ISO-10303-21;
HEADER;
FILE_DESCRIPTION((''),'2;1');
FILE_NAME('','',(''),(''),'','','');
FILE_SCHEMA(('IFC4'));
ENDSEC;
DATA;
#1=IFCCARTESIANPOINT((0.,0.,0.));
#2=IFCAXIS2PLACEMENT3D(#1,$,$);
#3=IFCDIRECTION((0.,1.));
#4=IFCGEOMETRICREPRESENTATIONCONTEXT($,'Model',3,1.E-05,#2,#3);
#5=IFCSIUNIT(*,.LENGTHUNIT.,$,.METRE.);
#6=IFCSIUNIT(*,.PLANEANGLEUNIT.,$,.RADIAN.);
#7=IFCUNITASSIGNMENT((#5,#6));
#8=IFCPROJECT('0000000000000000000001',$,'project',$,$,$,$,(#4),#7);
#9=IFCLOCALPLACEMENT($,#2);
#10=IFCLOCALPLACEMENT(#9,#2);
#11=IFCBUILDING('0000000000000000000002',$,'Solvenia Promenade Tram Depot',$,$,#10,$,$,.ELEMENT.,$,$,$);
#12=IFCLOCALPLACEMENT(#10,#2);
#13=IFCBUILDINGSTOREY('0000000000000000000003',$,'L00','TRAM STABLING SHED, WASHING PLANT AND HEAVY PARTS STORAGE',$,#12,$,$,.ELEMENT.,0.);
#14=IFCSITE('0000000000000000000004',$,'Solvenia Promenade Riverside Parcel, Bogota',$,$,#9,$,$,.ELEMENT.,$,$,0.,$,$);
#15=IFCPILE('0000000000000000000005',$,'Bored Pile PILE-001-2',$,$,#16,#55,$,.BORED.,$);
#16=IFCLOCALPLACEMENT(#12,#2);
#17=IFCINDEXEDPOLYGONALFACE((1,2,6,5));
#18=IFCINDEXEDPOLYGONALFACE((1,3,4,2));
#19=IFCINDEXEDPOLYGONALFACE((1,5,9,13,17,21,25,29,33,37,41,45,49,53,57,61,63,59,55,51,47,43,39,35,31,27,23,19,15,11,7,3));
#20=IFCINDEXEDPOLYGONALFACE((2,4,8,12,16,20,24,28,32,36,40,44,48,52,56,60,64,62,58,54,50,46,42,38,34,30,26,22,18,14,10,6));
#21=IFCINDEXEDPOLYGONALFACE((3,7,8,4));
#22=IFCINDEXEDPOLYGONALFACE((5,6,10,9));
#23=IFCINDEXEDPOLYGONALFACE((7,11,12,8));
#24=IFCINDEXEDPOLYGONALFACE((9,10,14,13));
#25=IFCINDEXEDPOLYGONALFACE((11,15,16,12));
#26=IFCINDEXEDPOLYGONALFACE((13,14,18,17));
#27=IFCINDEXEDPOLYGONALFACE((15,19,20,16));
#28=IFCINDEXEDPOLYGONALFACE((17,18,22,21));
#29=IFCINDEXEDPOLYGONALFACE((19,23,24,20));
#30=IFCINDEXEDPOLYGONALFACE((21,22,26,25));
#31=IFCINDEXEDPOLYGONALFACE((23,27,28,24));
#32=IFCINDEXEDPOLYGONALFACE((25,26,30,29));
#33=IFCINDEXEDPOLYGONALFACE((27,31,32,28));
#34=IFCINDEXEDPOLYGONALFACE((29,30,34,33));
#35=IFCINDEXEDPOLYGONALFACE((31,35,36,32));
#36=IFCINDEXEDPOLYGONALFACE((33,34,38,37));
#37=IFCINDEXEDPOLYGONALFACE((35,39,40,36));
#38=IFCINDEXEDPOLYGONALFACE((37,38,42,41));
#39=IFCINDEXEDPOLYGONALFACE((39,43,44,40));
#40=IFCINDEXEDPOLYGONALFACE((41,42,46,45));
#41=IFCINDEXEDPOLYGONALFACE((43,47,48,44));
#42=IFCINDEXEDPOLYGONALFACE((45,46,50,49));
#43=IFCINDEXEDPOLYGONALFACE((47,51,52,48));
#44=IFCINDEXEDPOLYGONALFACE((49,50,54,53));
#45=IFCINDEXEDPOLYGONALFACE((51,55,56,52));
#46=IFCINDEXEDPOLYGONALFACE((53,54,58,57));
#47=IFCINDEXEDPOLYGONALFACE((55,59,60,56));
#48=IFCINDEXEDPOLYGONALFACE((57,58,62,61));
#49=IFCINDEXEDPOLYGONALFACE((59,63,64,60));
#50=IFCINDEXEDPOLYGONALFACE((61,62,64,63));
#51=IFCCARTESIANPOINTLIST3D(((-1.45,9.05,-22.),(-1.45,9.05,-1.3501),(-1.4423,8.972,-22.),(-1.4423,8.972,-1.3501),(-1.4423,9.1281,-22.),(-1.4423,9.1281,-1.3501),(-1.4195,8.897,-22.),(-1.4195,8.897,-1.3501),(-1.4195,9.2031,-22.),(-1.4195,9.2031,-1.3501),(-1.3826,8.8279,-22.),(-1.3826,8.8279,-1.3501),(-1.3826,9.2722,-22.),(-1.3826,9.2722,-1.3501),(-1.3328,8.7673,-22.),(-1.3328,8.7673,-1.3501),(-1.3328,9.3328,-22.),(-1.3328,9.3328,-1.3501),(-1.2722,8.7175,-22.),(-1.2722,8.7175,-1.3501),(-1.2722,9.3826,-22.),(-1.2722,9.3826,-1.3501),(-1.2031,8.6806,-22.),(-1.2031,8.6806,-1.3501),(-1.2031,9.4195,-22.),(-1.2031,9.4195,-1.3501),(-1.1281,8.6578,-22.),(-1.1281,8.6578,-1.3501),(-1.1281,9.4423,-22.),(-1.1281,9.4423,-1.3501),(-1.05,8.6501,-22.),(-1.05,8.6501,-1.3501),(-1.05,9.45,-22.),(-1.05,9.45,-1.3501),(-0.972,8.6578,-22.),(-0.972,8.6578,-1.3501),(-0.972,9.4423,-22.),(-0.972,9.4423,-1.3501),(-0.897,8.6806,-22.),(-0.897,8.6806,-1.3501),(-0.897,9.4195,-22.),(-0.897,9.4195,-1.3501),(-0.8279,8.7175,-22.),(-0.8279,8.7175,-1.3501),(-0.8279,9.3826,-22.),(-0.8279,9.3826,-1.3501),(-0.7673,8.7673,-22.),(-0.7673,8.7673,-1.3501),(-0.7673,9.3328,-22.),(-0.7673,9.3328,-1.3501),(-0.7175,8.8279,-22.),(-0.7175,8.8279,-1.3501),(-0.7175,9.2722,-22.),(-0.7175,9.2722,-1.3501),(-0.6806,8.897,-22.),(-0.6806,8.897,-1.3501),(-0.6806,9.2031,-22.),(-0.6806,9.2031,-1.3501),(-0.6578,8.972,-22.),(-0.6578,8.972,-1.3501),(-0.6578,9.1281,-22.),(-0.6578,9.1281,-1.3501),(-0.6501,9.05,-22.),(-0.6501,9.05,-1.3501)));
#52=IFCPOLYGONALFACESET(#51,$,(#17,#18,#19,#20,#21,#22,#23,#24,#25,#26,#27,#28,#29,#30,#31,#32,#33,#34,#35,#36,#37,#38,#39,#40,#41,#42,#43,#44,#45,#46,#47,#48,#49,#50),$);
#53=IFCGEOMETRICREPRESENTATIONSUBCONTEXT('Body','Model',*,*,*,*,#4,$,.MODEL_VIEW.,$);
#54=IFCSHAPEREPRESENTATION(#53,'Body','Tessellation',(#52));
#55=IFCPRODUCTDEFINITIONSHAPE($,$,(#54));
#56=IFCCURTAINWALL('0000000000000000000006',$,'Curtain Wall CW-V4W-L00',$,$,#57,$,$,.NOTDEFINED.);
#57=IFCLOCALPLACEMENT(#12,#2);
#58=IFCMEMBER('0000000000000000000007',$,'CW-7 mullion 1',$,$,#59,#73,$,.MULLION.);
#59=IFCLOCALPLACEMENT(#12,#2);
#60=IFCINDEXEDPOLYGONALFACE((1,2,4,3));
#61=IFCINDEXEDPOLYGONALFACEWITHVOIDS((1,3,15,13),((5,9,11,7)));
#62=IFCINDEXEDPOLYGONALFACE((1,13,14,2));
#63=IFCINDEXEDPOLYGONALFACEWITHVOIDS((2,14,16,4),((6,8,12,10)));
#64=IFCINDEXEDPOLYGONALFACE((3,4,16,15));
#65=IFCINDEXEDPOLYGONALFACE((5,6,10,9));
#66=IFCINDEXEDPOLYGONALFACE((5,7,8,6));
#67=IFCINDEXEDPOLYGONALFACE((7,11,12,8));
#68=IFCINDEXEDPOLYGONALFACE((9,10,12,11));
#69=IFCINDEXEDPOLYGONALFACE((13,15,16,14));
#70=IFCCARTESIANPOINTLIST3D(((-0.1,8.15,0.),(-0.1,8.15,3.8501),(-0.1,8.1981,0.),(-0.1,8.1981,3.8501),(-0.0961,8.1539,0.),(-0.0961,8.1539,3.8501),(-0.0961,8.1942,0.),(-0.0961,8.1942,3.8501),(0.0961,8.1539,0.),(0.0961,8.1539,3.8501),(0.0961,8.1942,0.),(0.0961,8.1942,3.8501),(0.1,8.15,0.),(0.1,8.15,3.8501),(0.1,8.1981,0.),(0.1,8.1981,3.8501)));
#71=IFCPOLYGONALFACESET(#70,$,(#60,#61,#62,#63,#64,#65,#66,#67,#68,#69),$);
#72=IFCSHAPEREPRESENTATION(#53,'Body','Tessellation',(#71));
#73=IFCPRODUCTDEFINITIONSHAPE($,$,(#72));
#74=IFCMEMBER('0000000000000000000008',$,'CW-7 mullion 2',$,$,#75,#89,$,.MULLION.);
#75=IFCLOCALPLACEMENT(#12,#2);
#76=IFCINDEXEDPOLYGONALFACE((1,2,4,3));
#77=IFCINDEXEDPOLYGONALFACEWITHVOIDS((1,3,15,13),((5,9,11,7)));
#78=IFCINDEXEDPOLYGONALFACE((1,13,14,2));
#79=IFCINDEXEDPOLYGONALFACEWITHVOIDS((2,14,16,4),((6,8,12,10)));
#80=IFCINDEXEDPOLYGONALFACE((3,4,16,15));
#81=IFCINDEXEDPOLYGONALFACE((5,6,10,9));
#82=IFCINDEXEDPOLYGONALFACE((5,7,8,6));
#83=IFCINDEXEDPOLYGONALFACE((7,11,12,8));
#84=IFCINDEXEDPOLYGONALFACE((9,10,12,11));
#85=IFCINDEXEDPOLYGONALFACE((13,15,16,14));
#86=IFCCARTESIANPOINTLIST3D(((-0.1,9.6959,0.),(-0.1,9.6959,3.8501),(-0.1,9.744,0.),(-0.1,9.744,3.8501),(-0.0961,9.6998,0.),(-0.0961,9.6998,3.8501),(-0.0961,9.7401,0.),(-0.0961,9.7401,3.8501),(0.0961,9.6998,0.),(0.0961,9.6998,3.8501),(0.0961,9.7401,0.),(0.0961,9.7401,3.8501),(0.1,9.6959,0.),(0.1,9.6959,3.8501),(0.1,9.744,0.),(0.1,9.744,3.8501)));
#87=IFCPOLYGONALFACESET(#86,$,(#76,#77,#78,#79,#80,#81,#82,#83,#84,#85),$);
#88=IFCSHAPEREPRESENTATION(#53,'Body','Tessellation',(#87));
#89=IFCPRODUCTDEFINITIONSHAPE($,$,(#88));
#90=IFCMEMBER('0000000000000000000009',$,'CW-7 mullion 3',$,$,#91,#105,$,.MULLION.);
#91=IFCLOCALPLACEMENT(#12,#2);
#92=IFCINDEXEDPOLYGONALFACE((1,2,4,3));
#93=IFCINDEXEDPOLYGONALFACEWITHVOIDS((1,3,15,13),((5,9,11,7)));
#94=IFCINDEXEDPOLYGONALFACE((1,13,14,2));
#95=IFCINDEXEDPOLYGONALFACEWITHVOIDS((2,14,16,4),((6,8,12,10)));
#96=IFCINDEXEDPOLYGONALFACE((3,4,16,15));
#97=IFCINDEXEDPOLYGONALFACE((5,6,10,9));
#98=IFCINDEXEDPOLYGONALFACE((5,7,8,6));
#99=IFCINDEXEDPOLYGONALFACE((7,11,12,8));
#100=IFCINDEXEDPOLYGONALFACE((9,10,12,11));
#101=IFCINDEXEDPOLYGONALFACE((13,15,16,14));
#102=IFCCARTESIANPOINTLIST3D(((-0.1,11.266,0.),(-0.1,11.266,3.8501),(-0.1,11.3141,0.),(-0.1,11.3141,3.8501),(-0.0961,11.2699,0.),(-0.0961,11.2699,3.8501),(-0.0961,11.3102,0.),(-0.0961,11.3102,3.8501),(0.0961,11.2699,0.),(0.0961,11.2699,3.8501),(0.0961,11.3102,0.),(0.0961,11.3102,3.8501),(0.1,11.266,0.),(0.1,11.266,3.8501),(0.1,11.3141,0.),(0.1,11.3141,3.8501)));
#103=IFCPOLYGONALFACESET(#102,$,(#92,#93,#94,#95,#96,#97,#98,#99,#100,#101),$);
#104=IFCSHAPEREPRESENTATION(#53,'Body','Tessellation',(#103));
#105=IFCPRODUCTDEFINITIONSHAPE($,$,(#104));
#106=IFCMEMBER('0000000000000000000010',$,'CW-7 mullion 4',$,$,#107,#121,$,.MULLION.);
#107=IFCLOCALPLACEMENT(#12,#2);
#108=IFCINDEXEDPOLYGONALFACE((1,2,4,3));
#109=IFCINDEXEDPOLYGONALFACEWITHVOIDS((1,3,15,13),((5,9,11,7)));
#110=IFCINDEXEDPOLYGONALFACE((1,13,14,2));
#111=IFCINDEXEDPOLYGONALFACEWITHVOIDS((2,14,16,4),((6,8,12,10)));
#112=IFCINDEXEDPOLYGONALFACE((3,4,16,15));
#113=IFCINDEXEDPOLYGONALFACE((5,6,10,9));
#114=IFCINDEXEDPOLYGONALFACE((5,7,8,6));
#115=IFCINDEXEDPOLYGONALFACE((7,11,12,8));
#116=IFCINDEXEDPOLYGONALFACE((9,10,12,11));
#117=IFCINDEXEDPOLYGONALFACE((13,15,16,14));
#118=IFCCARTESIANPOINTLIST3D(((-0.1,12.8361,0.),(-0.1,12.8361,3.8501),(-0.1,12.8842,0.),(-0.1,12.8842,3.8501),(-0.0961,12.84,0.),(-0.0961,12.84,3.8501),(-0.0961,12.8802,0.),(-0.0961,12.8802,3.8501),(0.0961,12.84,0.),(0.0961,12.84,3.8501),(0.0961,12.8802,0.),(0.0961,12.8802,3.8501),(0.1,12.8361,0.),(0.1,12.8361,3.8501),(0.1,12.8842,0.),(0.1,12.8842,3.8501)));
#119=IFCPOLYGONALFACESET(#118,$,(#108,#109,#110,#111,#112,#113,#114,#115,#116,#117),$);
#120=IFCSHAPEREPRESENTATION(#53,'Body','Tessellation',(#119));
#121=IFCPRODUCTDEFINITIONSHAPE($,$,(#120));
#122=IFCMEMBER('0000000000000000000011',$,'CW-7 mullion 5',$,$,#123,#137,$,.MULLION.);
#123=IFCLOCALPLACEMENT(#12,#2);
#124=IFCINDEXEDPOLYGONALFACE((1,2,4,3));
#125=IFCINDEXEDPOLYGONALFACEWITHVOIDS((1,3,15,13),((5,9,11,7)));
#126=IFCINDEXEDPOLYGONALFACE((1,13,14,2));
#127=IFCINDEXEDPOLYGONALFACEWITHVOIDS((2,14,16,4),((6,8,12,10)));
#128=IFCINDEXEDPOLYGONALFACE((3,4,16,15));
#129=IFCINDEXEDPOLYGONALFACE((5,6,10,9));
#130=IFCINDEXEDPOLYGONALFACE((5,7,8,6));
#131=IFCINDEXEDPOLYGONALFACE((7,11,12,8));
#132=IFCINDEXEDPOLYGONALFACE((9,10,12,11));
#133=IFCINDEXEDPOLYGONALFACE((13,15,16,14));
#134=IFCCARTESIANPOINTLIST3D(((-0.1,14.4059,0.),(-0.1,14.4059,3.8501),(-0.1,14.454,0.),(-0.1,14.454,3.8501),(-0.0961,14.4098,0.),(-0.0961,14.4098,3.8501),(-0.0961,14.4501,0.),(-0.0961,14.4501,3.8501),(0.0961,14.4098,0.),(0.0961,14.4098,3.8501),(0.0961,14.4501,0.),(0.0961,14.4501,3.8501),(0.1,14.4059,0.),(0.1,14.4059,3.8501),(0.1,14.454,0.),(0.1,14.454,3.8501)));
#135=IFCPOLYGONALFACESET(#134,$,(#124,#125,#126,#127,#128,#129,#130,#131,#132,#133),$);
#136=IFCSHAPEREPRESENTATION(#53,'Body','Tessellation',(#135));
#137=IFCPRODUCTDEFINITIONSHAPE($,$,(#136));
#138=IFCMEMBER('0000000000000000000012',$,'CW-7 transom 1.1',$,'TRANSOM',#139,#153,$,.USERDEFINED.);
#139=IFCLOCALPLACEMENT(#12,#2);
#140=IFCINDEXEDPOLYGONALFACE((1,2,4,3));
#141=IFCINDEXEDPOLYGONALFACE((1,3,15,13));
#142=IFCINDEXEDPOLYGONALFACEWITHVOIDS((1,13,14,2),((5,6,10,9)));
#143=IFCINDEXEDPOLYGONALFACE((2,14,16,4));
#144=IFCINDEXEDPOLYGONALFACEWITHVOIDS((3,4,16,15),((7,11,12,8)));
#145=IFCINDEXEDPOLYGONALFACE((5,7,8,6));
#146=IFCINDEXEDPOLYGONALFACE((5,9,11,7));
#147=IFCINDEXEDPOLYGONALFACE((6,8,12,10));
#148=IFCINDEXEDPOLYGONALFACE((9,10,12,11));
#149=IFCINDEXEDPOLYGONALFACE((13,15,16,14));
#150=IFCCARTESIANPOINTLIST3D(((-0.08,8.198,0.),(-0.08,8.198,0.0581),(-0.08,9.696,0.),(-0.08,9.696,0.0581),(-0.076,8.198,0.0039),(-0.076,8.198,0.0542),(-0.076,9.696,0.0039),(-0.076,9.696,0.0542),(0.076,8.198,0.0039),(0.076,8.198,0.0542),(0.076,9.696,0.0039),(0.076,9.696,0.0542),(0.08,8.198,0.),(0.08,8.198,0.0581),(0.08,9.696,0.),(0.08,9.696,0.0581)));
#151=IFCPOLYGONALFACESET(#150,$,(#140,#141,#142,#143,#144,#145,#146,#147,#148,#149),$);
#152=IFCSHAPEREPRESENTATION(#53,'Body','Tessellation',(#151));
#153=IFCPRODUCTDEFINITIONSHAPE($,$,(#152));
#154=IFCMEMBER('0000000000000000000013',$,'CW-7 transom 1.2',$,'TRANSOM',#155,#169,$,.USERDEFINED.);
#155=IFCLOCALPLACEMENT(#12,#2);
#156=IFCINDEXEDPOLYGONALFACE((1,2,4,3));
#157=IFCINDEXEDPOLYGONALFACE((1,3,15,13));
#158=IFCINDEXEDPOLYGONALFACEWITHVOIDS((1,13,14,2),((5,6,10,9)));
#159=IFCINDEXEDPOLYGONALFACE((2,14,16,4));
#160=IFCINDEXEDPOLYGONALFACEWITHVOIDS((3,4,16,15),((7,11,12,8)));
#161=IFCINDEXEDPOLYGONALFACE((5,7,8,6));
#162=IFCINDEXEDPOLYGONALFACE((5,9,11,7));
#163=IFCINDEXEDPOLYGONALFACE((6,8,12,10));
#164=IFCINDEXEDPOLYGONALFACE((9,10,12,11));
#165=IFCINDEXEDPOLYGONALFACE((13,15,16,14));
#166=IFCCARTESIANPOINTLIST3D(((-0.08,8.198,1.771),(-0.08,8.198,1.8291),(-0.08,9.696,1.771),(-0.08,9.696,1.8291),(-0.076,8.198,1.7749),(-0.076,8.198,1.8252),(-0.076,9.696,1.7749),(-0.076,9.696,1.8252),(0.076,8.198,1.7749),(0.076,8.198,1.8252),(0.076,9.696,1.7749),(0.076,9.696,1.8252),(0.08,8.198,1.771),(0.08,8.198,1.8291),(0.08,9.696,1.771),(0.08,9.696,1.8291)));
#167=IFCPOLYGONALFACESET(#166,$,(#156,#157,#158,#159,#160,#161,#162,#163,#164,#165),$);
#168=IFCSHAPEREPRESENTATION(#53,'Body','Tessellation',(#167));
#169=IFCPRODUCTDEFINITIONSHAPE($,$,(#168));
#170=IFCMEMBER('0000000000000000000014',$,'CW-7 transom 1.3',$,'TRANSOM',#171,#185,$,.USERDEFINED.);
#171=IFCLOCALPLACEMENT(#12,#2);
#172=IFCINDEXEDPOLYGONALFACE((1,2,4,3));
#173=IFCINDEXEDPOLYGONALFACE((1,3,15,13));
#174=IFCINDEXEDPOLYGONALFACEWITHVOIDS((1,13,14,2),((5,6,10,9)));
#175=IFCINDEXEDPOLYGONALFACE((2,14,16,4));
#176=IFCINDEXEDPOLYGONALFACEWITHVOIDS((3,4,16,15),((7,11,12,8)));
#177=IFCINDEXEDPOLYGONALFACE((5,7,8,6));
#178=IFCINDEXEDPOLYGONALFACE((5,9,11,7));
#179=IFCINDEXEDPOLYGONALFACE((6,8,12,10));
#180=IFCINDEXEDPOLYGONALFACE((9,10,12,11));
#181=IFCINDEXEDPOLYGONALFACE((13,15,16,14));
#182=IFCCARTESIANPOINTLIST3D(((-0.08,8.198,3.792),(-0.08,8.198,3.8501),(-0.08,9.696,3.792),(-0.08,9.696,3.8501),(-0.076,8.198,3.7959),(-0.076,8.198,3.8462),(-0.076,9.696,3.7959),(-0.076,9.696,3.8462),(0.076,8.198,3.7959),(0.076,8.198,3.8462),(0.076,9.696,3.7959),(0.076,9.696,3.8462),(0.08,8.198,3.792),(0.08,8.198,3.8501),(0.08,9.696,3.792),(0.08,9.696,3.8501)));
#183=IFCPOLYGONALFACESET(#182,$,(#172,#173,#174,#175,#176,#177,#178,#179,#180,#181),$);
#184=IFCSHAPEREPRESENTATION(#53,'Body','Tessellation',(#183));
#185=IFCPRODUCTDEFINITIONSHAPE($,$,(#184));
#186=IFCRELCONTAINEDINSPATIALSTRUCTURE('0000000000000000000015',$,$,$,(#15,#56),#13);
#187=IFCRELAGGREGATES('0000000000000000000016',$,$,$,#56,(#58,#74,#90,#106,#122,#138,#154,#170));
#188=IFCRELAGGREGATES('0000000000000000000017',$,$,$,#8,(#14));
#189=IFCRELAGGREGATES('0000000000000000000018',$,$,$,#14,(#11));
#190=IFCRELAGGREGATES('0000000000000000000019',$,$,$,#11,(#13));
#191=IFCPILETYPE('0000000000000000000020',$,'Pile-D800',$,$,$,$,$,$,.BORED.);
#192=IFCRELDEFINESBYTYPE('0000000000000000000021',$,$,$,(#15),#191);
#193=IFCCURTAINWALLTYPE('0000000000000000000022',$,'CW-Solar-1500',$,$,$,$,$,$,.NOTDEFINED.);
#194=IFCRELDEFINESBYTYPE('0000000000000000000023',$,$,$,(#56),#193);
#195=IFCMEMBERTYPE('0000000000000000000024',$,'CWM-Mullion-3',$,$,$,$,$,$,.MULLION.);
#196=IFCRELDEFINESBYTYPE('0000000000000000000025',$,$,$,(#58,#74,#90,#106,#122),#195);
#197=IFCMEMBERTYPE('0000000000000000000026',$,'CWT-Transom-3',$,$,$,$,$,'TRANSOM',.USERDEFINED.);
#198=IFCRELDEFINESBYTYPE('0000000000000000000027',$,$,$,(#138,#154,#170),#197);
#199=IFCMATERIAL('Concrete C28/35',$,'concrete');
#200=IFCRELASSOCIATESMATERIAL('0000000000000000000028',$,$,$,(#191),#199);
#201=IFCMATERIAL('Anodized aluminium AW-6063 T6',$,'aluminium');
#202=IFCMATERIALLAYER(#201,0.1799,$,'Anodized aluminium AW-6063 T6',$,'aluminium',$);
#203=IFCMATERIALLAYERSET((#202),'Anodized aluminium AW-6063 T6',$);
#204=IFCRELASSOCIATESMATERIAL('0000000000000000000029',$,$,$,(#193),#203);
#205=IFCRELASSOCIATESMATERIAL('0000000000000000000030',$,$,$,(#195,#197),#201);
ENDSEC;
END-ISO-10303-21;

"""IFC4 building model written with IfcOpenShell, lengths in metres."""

from ifc_helpers import new_model, si_unit, direction, frame, origin, origin_2d, place, context, subcontext, project, spatial, hollow_rectangle, circle, extrude, material, layer, layer_set, material_profile, profile_set, type_object, element, aggregate, save


model = new_model("IFC4")

# Units and contexts
model_context = context("Model", 3, precision=1e-05, world=origin(), true_north=direction((0.0, 1.0)))
body_context = subcontext(model_context, "Body", "Model", "MODEL_VIEW")
ifc_project = project(units=[si_unit("LENGTHUNIT", "METRE"), si_unit("PLANEANGLEUNIT", "RADIAN")], contexts=[model_context])

# Site, building, storey
site_placement = place(None, origin())
site = spatial("IfcSite", under=ifc_project, at=site_placement, Name="Solvenia Promenade Riverside Parcel, Bogota", CompositionType="ELEMENT", RefElevation=0.0)
building_placement = place(site_placement, origin())
building = spatial("IfcBuilding", under=site, at=building_placement, Name="Solvenia Promenade Tram Depot", CompositionType="ELEMENT")
storey_placement = place(building_placement, origin())
storey = spatial("IfcBuildingStorey", under=building, at=storey_placement, Name="L00", Description="TRAM STABLING SHED, WASHING PLANT AND HEAVY PARTS STORAGE", CompositionType="ELEMENT", Elevation=0.0)

# Pile
ifc_material_1 = material(Name="Concrete C28/35", Category="concrete")
ifc_material_profile_1 = material_profile(ifc_material_1, circle(Radius=0.3999, at=origin_2d()), Name="D800", Category="concrete")
ifc_profile_set_1 = profile_set([ifc_material_profile_1], Name="Concrete C28/35")
pile_type = type_object("IfcPileType", Name="Pile-D800", PredefinedType="BORED", material=ifc_profile_set_1)
pile_placement = place(storey_placement, frame((-1.05, 9.05, -1.3501), z_axis=(0.0, 0.0, -1.0), x_axis=(1.0, 0.0, 0.0)))
element("IfcPile", 1, at=pile_placement, inside=storey, type_object=pile_type, Name="Bored Pile PILE-001-2", PredefinedType="BORED", context=body_context, shape_type="SweptSolid", body=[
    extrude(circle(Radius=0.3999, at=origin_2d()), origin(), (0.0, 0.0, 1.0), 20.6499),
])

# Curtain wall, members
ifc_material_2 = material(Name="Anodized aluminium AW-6063 T6", Category="aluminium")
ifc_layer_1 = layer(ifc_material_2, 0.1799, Name="Anodized aluminium AW-6063 T6", Category="aluminium")
ifc_layer_set_1 = layer_set([ifc_layer_1], Name="Anodized aluminium AW-6063 T6")
curtain_wall_type = type_object("IfcCurtainWallType", Name="CW-Solar-1500", PredefinedType="NOTDEFINED", material=ifc_layer_set_1)
curtain_wall_placement = place(storey_placement, origin())
curtain_wall = element("IfcCurtainWall", 2, at=curtain_wall_placement, inside=storey, type_object=curtain_wall_type, Name="Curtain Wall CW-V4W-L00", PredefinedType="NOTDEFINED")
ifc_material_profile_2 = material_profile(ifc_material_2, hollow_rectangle(XDim=0.2, YDim=0.0481, WallThickness=0.0039, at=origin_2d()), Name="ALU-M3", Category="aluminium")
ifc_profile_set_2 = profile_set([ifc_material_profile_2], Name="Anodized aluminium AW-6063 T6")
member_type_1 = type_object("IfcMemberType", Name="CWM-Mullion-3", PredefinedType="MULLION", material=ifc_profile_set_2)
member_1_placement = place(storey_placement, frame((0.0, 8.1741, 0.0), z_axis=(0.0, 0.0, 1.0), x_axis=(-1.0, 0.0, 0.0)))
member_1 = element("IfcMember", 3, at=member_1_placement, type_object=member_type_1, Name="CW-7 mullion 1", PredefinedType="MULLION", context=body_context, shape_type="SweptSolid", body=[
    extrude(hollow_rectangle(XDim=0.2, YDim=0.0481, WallThickness=0.0039, at=origin_2d()), origin(), (0.0, 0.0, 1.0), 3.8501),
])
member_2_placement = place(storey_placement, frame((0.0, 9.72, 0.0), z_axis=(0.0, 0.0, 1.0), x_axis=(-1.0, 0.0, 0.0)))
member_2 = element("IfcMember", 4, at=member_2_placement, type_object=member_type_1, Name="CW-7 mullion 2", PredefinedType="MULLION", context=body_context, shape_type="SweptSolid", body=[
    extrude(hollow_rectangle(XDim=0.2, YDim=0.0481, WallThickness=0.0039, at=origin_2d()), origin(), (0.0, 0.0, 1.0), 3.8501),
])
member_3_placement = place(storey_placement, frame((0.0, 11.29, 0.0), z_axis=(0.0, 0.0, 1.0), x_axis=(-1.0, 0.0, 0.0)))
member_3 = element("IfcMember", 5, at=member_3_placement, type_object=member_type_1, Name="CW-7 mullion 3", PredefinedType="MULLION", context=body_context, shape_type="SweptSolid", body=[
    extrude(hollow_rectangle(XDim=0.2, YDim=0.0481, WallThickness=0.0039, at=origin_2d()), origin(), (0.0, 0.0, 1.0), 3.8501),
])
member_4_placement = place(storey_placement, frame((0.0, 12.8601, 0.0), z_axis=(0.0, 0.0, 1.0), x_axis=(-1.0, 0.0, 0.0)))
member_4 = element("IfcMember", 6, at=member_4_placement, type_object=member_type_1, Name="CW-7 mullion 4", PredefinedType="MULLION", context=body_context, shape_type="SweptSolid", body=[
    extrude(hollow_rectangle(XDim=0.2, YDim=0.0481, WallThickness=0.0039, at=origin_2d()), origin(), (0.0, 0.0, 1.0), 3.8501),
])
member_5_placement = place(storey_placement, frame((0.0, 14.4299, 0.0), z_axis=(0.0, 0.0, 1.0), x_axis=(-1.0, 0.0, 0.0)))
member_5 = element("IfcMember", 7, at=member_5_placement, type_object=member_type_1, Name="CW-7 mullion 5", PredefinedType="MULLION", context=body_context, shape_type="SweptSolid", body=[
    extrude(hollow_rectangle(XDim=0.2, YDim=0.0481, WallThickness=0.0039, at=origin_2d()), origin(), (0.0, 0.0, 1.0), 3.8501),
])
ifc_material_profile_3 = material_profile(ifc_material_2, hollow_rectangle(XDim=0.1599, YDim=0.0581, WallThickness=0.0039, at=origin_2d()), Name="ALU-T3", Category="aluminium")
ifc_profile_set_3 = profile_set([ifc_material_profile_3], Name="Anodized aluminium AW-6063 T6")
member_type_2 = type_object("IfcMemberType", Name="CWT-Transom-3", ElementType="TRANSOM", PredefinedType="USERDEFINED", material=ifc_profile_set_3)
member_6_placement = place(storey_placement, frame((0.0, 8.198, 0.0291), z_axis=(0.0, 1.0, 0.0), x_axis=(-1.0, 0.0, 0.0)))
member_6 = element("IfcMember", 8, at=member_6_placement, type_object=member_type_2, Name="CW-7 transom 1.1", ObjectType="TRANSOM", PredefinedType="USERDEFINED", context=body_context, shape_type="SweptSolid", body=[
    extrude(hollow_rectangle(XDim=0.1599, YDim=0.0581, WallThickness=0.0039, at=origin_2d()), origin(), (0.0, 0.0, 1.0), 1.498),
])
member_7_placement = place(storey_placement, frame((0.0, 8.198, 1.8), z_axis=(0.0, 1.0, 0.0), x_axis=(-1.0, 0.0, 0.0)))
member_7 = element("IfcMember", 9, at=member_7_placement, type_object=member_type_2, Name="CW-7 transom 1.2", ObjectType="TRANSOM", PredefinedType="USERDEFINED", context=body_context, shape_type="SweptSolid", body=[
    extrude(hollow_rectangle(XDim=0.1599, YDim=0.0581, WallThickness=0.0039, at=origin_2d()), origin(), (0.0, 0.0, 1.0), 1.498),
])
member_8_placement = place(storey_placement, frame((0.0, 8.198, 3.821), z_axis=(0.0, 1.0, 0.0), x_axis=(-1.0, 0.0, 0.0)))
member_8 = element("IfcMember", 10, at=member_8_placement, type_object=member_type_2, Name="CW-7 transom 1.3", ObjectType="TRANSOM", PredefinedType="USERDEFINED", context=body_context, shape_type="SweptSolid", body=[
    extrude(hollow_rectangle(XDim=0.1599, YDim=0.0581, WallThickness=0.0039, at=origin_2d()), origin(), (0.0, 0.0, 1.0), 1.498),
])
aggregate(curtain_wall, [member_1, member_2, member_3, member_4, member_5, member_6, member_7, member_8])

save(model, "model.ifc")
